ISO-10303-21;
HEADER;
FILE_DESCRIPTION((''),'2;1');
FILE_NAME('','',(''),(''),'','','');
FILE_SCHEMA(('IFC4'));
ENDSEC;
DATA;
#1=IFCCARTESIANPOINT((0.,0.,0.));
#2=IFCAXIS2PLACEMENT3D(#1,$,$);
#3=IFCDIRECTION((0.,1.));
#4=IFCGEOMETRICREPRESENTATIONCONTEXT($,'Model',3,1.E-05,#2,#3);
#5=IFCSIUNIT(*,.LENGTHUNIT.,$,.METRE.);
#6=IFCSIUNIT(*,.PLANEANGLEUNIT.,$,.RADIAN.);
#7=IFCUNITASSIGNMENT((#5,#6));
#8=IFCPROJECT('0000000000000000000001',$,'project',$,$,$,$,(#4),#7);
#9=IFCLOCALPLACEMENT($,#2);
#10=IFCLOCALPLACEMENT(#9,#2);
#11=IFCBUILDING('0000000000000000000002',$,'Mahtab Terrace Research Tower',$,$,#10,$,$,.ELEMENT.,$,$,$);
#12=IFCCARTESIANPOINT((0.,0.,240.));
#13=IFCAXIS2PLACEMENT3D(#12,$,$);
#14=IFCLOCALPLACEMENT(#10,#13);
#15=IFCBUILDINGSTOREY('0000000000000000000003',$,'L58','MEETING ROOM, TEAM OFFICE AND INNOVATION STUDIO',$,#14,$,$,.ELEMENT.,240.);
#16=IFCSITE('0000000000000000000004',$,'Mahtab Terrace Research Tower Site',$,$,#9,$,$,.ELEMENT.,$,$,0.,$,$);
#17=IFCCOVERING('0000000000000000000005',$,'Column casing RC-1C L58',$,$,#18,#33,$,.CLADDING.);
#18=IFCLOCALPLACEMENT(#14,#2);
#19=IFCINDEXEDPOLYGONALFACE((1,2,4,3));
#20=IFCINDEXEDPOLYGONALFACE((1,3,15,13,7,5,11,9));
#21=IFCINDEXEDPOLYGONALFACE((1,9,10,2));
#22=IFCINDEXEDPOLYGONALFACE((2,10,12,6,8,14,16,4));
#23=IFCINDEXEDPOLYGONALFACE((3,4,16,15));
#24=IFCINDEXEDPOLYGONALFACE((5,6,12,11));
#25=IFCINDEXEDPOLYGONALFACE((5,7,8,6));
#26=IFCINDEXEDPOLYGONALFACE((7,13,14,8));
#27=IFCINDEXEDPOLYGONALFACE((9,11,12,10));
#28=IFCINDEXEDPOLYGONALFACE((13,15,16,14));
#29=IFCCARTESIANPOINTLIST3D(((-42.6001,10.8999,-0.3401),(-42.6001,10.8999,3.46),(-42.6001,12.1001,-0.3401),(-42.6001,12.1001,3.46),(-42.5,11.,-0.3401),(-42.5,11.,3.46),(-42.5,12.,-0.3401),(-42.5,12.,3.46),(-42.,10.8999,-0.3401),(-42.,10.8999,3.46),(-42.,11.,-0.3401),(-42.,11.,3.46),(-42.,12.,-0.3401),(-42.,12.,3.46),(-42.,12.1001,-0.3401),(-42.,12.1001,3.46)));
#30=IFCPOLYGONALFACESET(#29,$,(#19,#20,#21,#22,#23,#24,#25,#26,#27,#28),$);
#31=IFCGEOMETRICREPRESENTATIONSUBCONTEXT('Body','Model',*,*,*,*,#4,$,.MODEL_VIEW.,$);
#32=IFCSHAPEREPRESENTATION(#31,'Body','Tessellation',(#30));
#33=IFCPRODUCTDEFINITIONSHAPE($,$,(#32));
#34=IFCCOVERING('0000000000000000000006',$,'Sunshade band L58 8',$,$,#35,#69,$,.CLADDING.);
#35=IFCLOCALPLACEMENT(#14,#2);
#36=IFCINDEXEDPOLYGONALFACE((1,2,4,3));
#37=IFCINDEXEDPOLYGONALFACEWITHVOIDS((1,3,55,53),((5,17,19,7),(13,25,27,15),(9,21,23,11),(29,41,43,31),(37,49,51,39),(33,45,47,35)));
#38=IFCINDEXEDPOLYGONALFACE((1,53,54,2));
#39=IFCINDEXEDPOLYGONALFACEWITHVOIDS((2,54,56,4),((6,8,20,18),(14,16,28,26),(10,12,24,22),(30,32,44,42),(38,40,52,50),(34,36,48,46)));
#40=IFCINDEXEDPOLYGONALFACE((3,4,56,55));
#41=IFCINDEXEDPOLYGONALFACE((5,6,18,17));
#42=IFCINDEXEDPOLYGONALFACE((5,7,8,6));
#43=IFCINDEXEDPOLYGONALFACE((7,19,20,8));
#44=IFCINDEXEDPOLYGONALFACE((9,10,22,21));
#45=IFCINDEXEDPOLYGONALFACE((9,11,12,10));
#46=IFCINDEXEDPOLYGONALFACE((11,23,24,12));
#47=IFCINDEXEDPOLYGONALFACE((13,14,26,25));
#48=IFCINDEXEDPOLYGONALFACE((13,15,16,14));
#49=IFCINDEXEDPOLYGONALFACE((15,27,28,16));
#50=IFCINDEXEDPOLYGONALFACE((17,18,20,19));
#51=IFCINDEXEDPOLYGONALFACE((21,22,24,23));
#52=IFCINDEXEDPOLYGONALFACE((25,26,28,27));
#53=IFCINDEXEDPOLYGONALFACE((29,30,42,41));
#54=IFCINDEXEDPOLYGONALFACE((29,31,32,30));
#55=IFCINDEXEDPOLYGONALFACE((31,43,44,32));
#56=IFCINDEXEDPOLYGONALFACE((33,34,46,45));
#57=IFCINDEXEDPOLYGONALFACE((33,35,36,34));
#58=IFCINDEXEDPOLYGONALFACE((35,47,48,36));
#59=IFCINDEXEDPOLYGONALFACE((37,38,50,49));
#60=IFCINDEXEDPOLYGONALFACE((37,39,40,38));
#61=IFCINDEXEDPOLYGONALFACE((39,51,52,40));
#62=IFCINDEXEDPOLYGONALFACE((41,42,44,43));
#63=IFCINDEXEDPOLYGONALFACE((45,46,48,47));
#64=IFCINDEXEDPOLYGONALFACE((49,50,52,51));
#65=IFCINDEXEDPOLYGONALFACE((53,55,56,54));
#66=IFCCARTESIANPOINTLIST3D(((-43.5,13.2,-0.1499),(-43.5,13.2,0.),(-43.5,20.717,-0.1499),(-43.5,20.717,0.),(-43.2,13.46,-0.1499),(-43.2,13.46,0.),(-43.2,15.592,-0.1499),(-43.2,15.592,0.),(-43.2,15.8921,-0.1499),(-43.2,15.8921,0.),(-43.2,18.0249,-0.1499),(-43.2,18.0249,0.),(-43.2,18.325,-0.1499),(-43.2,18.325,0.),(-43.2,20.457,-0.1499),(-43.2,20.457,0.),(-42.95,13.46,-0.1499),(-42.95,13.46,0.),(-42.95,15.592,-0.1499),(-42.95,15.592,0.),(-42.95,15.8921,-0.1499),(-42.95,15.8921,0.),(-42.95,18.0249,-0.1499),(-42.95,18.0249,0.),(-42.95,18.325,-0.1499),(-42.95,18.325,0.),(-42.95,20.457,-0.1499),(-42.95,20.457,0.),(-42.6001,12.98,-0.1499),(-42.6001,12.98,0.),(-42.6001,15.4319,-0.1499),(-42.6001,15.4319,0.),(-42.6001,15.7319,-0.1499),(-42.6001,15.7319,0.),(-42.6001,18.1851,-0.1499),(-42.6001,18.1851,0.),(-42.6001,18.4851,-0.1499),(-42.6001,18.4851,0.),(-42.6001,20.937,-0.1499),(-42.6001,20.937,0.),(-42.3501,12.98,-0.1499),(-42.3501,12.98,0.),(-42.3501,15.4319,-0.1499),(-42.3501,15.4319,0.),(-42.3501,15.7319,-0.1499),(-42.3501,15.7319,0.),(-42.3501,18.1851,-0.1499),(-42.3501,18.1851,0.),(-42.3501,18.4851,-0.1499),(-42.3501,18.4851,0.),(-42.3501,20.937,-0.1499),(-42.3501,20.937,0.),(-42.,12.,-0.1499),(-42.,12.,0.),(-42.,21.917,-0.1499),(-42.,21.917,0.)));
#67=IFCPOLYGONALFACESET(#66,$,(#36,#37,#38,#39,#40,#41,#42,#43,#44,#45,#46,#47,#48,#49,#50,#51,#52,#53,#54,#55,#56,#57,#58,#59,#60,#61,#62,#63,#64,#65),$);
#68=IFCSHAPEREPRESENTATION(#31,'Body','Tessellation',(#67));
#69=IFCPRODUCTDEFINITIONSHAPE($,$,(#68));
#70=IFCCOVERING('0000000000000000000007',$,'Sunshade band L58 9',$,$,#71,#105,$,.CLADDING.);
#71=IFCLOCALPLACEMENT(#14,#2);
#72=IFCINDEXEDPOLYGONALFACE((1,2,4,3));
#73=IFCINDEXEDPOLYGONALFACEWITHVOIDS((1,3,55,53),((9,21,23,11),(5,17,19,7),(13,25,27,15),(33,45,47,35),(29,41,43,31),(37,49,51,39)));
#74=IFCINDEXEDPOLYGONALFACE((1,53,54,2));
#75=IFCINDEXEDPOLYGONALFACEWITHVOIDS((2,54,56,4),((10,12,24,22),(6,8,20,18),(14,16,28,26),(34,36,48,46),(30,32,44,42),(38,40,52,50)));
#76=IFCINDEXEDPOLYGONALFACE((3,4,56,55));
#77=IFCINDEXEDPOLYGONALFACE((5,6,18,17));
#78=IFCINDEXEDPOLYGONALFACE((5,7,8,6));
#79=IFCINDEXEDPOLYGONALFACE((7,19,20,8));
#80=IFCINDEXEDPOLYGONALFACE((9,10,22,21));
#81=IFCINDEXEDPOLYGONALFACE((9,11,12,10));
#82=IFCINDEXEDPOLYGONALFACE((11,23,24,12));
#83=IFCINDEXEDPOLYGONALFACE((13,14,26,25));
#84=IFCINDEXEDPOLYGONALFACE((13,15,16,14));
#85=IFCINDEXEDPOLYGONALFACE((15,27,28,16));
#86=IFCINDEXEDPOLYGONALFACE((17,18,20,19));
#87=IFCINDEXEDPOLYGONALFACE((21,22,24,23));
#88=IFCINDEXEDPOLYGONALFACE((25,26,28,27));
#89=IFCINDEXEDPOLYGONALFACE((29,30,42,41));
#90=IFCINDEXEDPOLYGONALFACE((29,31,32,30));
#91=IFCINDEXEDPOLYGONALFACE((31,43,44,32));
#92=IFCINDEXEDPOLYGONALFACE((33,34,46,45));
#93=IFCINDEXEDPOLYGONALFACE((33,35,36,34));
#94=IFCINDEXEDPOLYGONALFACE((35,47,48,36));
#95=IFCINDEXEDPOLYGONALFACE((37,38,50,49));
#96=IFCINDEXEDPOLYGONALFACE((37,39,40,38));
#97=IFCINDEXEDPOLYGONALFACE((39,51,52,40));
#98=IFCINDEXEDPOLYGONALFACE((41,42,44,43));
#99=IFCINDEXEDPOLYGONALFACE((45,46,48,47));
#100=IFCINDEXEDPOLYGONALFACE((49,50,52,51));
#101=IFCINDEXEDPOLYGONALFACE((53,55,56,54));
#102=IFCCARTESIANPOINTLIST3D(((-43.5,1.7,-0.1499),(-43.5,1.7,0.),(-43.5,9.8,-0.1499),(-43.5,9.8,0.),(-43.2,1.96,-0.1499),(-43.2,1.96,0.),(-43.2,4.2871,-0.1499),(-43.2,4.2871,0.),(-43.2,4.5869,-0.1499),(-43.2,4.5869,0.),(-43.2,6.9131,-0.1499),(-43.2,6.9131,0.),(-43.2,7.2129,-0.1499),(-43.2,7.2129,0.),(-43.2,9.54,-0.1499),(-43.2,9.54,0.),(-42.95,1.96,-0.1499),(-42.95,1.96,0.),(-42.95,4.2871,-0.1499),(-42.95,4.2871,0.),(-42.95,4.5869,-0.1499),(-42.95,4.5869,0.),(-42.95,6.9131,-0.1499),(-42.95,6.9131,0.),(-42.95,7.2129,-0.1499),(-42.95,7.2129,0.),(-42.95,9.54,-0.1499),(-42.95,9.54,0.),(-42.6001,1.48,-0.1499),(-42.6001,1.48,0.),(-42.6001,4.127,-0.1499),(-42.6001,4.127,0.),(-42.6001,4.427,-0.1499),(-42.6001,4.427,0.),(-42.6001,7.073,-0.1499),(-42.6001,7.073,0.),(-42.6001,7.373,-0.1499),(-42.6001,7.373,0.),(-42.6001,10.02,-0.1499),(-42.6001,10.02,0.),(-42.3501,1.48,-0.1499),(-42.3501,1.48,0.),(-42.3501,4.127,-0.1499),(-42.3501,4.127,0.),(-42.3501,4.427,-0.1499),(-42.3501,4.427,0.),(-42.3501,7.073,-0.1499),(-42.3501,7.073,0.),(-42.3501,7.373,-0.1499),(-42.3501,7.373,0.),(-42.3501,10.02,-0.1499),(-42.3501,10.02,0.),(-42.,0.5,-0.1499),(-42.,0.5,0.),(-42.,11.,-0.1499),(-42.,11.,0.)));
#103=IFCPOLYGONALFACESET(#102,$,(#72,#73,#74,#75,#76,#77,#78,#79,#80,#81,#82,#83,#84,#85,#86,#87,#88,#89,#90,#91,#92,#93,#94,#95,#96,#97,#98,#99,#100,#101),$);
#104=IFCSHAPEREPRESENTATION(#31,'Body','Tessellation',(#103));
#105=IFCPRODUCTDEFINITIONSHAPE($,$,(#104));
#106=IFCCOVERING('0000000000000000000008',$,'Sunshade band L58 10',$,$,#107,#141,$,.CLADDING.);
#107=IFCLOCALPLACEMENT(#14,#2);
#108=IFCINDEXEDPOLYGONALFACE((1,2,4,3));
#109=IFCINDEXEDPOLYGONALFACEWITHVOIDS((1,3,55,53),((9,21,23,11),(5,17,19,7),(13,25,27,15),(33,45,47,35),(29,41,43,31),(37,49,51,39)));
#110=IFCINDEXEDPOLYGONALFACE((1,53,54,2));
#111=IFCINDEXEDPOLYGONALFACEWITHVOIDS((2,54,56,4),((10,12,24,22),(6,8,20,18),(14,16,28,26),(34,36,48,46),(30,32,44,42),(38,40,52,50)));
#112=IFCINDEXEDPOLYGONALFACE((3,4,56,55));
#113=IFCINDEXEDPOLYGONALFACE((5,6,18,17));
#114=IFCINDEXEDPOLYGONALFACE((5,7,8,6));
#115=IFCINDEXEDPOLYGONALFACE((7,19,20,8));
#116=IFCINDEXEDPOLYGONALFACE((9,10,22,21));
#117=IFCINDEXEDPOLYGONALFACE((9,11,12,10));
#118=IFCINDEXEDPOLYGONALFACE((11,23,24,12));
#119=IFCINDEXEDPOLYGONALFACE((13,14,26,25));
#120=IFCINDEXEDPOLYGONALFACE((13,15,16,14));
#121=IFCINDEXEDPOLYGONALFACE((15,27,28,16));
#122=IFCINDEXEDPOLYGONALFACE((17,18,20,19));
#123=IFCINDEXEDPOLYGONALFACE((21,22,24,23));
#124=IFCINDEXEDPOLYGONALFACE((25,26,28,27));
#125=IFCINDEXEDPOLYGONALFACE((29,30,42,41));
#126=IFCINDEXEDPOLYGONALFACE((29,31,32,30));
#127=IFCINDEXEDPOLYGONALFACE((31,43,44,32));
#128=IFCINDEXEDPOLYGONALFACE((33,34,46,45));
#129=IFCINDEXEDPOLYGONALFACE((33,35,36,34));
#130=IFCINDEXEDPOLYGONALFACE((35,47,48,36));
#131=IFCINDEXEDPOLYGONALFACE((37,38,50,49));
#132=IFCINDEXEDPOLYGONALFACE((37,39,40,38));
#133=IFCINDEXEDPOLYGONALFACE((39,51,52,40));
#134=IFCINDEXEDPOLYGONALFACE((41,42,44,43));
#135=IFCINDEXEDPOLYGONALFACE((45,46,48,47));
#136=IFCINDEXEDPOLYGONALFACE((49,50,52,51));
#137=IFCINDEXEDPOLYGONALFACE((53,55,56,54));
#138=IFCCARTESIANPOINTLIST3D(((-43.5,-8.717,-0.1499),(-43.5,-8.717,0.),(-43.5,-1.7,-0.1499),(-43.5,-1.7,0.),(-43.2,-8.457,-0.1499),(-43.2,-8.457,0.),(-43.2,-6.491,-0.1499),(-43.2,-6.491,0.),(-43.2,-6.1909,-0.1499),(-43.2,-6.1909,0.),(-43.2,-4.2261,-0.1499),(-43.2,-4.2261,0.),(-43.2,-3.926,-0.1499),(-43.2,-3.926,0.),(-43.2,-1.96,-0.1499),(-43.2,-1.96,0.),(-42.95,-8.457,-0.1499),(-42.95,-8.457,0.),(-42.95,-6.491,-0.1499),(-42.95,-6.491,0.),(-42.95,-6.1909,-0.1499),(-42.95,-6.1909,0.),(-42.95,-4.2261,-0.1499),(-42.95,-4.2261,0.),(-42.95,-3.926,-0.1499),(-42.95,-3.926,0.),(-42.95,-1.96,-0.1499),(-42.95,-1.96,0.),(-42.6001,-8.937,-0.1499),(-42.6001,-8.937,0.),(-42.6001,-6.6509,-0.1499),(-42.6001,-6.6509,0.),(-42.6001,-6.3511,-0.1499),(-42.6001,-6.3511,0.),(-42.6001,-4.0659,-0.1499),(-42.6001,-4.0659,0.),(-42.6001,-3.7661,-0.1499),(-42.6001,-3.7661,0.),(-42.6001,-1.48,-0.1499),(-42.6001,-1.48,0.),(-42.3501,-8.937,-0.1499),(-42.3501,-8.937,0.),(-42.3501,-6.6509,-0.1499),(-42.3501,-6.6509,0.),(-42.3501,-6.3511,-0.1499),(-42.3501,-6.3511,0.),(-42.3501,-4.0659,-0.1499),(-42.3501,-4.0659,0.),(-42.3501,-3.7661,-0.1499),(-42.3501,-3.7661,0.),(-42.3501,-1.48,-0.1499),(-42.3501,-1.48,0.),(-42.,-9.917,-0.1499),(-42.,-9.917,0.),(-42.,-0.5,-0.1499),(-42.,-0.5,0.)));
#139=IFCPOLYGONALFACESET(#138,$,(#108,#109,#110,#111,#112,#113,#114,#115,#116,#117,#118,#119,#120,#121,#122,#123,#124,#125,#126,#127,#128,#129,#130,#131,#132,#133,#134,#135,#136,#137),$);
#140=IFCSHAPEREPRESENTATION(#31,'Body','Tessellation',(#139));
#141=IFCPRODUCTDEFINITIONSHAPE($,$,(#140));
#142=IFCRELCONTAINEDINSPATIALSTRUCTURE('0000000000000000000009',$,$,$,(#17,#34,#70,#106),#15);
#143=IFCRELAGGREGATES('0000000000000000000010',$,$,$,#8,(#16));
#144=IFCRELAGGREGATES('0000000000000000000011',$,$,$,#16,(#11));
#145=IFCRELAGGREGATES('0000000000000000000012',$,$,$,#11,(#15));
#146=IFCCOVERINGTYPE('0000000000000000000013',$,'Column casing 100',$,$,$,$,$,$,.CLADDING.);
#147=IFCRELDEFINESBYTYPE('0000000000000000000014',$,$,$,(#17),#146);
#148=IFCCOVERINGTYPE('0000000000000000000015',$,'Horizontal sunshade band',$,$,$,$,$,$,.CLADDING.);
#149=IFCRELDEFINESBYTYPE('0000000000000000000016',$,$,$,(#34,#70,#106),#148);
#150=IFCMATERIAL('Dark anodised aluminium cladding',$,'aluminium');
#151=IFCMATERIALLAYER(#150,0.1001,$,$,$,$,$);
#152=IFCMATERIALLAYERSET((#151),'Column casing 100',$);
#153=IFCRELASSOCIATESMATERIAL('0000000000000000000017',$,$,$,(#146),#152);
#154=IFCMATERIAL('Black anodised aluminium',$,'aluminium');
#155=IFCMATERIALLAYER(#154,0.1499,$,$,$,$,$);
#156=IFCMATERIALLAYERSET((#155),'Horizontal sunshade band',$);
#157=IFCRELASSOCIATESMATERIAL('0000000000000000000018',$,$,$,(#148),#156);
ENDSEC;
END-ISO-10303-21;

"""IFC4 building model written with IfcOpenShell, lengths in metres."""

from ifc_helpers import new_model, si_unit, direction, frame, origin, place, context, subcontext, project, spatial, polyline, outline, extrude, material, layer, layer_set, type_object, element, save


model = new_model("IFC4")

# Units and contexts
model_context = context("Model", 3, precision=1e-05, world=origin(), true_north=direction((0.0, 1.0)))
body_context = subcontext(model_context, "Body", "Model", "MODEL_VIEW")
ifc_project = project(units=[si_unit("LENGTHUNIT", "METRE"), si_unit("PLANEANGLEUNIT", "RADIAN")], contexts=[model_context])

# Site, building, storey
site_placement = place(None, origin())
site = spatial("IfcSite", under=ifc_project, at=site_placement, Name="Mahtab Terrace Research Tower Site", CompositionType="ELEMENT", RefElevation=0.0)
building_placement = place(site_placement, origin())
building = spatial("IfcBuilding", under=site, at=building_placement, Name="Mahtab Terrace Research Tower", CompositionType="ELEMENT")
storey_placement = place(building_placement, frame((0.0, 0.0, 240.0)))
storey = spatial("IfcBuildingStorey", under=building, at=storey_placement, Name="L58", Description="MEETING ROOM, TEAM OFFICE AND INNOVATION STUDIO", CompositionType="ELEMENT", Elevation=240.0)

# Coverings
ifc_material_1 = material(Name="Dark anodised aluminium cladding", Category="aluminium")
ifc_layer_1 = layer(ifc_material_1, 0.1001)
ifc_layer_set_1 = layer_set([ifc_layer_1], Name="Column casing 100")
covering_type_1 = type_object("IfcCoveringType", Name="Column casing 100", PredefinedType="CLADDING", material=ifc_layer_set_1)
covering_1_placement = place(storey_placement, frame((0.0, 0.0, -0.3401)))
element("IfcCovering", 1, at=covering_1_placement, inside=storey, type_object=covering_type_1, Name="Column casing RC-1C L58", PredefinedType="CLADDING", context=body_context, shape_type="SweptSolid", body=[
    extrude(outline(polyline([(-42.6001, 12.1001), (-42.0, 12.1001), (-42.0, 12.0), (-42.5, 12.0), (-42.5, 11.0), (-42.0, 11.0), (-42.0, 10.8999), (-42.6001, 10.8999), (-42.6001, 12.1001)])), origin(), (0.0, 0.0, 1.0), 3.8),
])
ifc_material_2 = material(Name="Black anodised aluminium", Category="aluminium")
ifc_layer_2 = layer(ifc_material_2, 0.1499)
ifc_layer_set_2 = layer_set([ifc_layer_2], Name="Horizontal sunshade band")
covering_type_2 = type_object("IfcCoveringType", Name="Horizontal sunshade band", PredefinedType="CLADDING", material=ifc_layer_set_2)
covering_2_placement = place(storey_placement, frame((0.0, 0.0, -0.1499)))
element("IfcCovering", 2, at=covering_2_placement, inside=storey, type_object=covering_type_2, Name="Sunshade band L58 8", PredefinedType="CLADDING", context=body_context, shape_type="SweptSolid", body=[
    extrude(outline(polyline([(-42.0, 21.917), (-42.0, 12.0), (-43.5, 13.2), (-43.5, 20.717), (-42.0, 21.917)]), holes=[polyline([(-42.3501, 20.937), (-42.3501, 18.4851), (-42.6001, 18.4851), (-42.6001, 20.937), (-42.3501, 20.937)]), polyline([(-42.3501, 18.1851), (-42.3501, 15.7319), (-42.6001, 15.7319), (-42.6001, 18.1851), (-42.3501, 18.1851)]), polyline([(-42.3501, 15.4319), (-42.3501, 12.98), (-42.6001, 12.98), (-42.6001, 15.4319), (-42.3501, 15.4319)]), polyline([(-42.95, 20.457), (-42.95, 18.325), (-43.2, 18.325), (-43.2, 20.457), (-42.95, 20.457)]), polyline([(-42.95, 18.0249), (-42.95, 15.8921), (-43.2, 15.8921), (-43.2, 18.0249), (-42.95, 18.0249)]), polyline([(-42.95, 15.592), (-42.95, 13.46), (-43.2, 13.46), (-43.2, 15.592), (-42.95, 15.592)])]), origin(), (0.0, 0.0, 1.0), 0.1499),
])
covering_3_placement = place(storey_placement, frame((0.0, 0.0, -0.1499)))
element("IfcCovering", 3, at=covering_3_placement, inside=storey, type_object=covering_type_2, Name="Sunshade band L58 9", PredefinedType="CLADDING", context=body_context, shape_type="SweptSolid", body=[
    extrude(outline(polyline([(-42.0, 11.0), (-42.0, 0.5), (-43.5, 1.7), (-43.5, 9.8), (-42.0, 11.0)]), holes=[polyline([(-42.3501, 10.02), (-42.3501, 7.373), (-42.6001, 7.373), (-42.6001, 10.02), (-42.3501, 10.02)]), polyline([(-42.3501, 7.073), (-42.3501, 4.427), (-42.6001, 4.427), (-42.6001, 7.073), (-42.3501, 7.073)]), polyline([(-42.3501, 4.127), (-42.3501, 1.48), (-42.6001, 1.48), (-42.6001, 4.127), (-42.3501, 4.127)]), polyline([(-42.95, 9.54), (-42.95, 7.2129), (-43.2, 7.2129), (-43.2, 9.54), (-42.95, 9.54)]), polyline([(-42.95, 6.9131), (-42.95, 4.5869), (-43.2, 4.5869), (-43.2, 6.9131), (-42.95, 6.9131)]), polyline([(-42.95, 4.2871), (-42.95, 1.96), (-43.2, 1.96), (-43.2, 4.2871), (-42.95, 4.2871)])]), origin(), (0.0, 0.0, 1.0), 0.1499),
])
covering_4_placement = place(storey_placement, frame((0.0, 0.0, -0.1499)))
element("IfcCovering", 4, at=covering_4_placement, inside=storey, type_object=covering_type_2, Name="Sunshade band L58 10", PredefinedType="CLADDING", context=body_context, shape_type="SweptSolid", body=[
    extrude(outline(polyline([(-42.0, -0.5), (-42.0, -9.917), (-43.5, -8.717), (-43.5, -1.7), (-42.0, -0.5)]), holes=[polyline([(-42.3501, -1.48), (-42.3501, -3.7661), (-42.6001, -3.7661), (-42.6001, -1.48), (-42.3501, -1.48)]), polyline([(-42.3501, -4.0659), (-42.3501, -6.3511), (-42.6001, -6.3511), (-42.6001, -4.0659), (-42.3501, -4.0659)]), polyline([(-42.3501, -6.6509), (-42.3501, -8.937), (-42.6001, -8.937), (-42.6001, -6.6509), (-42.3501, -6.6509)]), polyline([(-42.95, -1.96), (-42.95, -3.926), (-43.2, -3.926), (-43.2, -1.96), (-42.95, -1.96)]), polyline([(-42.95, -4.2261), (-42.95, -6.1909), (-43.2, -6.1909), (-43.2, -4.2261), (-42.95, -4.2261)]), polyline([(-42.95, -6.491), (-42.95, -8.457), (-43.2, -8.457), (-43.2, -6.491), (-42.95, -6.491)])]), origin(), (0.0, 0.0, 1.0), 0.1499),
])

save(model, "model.ifc")
